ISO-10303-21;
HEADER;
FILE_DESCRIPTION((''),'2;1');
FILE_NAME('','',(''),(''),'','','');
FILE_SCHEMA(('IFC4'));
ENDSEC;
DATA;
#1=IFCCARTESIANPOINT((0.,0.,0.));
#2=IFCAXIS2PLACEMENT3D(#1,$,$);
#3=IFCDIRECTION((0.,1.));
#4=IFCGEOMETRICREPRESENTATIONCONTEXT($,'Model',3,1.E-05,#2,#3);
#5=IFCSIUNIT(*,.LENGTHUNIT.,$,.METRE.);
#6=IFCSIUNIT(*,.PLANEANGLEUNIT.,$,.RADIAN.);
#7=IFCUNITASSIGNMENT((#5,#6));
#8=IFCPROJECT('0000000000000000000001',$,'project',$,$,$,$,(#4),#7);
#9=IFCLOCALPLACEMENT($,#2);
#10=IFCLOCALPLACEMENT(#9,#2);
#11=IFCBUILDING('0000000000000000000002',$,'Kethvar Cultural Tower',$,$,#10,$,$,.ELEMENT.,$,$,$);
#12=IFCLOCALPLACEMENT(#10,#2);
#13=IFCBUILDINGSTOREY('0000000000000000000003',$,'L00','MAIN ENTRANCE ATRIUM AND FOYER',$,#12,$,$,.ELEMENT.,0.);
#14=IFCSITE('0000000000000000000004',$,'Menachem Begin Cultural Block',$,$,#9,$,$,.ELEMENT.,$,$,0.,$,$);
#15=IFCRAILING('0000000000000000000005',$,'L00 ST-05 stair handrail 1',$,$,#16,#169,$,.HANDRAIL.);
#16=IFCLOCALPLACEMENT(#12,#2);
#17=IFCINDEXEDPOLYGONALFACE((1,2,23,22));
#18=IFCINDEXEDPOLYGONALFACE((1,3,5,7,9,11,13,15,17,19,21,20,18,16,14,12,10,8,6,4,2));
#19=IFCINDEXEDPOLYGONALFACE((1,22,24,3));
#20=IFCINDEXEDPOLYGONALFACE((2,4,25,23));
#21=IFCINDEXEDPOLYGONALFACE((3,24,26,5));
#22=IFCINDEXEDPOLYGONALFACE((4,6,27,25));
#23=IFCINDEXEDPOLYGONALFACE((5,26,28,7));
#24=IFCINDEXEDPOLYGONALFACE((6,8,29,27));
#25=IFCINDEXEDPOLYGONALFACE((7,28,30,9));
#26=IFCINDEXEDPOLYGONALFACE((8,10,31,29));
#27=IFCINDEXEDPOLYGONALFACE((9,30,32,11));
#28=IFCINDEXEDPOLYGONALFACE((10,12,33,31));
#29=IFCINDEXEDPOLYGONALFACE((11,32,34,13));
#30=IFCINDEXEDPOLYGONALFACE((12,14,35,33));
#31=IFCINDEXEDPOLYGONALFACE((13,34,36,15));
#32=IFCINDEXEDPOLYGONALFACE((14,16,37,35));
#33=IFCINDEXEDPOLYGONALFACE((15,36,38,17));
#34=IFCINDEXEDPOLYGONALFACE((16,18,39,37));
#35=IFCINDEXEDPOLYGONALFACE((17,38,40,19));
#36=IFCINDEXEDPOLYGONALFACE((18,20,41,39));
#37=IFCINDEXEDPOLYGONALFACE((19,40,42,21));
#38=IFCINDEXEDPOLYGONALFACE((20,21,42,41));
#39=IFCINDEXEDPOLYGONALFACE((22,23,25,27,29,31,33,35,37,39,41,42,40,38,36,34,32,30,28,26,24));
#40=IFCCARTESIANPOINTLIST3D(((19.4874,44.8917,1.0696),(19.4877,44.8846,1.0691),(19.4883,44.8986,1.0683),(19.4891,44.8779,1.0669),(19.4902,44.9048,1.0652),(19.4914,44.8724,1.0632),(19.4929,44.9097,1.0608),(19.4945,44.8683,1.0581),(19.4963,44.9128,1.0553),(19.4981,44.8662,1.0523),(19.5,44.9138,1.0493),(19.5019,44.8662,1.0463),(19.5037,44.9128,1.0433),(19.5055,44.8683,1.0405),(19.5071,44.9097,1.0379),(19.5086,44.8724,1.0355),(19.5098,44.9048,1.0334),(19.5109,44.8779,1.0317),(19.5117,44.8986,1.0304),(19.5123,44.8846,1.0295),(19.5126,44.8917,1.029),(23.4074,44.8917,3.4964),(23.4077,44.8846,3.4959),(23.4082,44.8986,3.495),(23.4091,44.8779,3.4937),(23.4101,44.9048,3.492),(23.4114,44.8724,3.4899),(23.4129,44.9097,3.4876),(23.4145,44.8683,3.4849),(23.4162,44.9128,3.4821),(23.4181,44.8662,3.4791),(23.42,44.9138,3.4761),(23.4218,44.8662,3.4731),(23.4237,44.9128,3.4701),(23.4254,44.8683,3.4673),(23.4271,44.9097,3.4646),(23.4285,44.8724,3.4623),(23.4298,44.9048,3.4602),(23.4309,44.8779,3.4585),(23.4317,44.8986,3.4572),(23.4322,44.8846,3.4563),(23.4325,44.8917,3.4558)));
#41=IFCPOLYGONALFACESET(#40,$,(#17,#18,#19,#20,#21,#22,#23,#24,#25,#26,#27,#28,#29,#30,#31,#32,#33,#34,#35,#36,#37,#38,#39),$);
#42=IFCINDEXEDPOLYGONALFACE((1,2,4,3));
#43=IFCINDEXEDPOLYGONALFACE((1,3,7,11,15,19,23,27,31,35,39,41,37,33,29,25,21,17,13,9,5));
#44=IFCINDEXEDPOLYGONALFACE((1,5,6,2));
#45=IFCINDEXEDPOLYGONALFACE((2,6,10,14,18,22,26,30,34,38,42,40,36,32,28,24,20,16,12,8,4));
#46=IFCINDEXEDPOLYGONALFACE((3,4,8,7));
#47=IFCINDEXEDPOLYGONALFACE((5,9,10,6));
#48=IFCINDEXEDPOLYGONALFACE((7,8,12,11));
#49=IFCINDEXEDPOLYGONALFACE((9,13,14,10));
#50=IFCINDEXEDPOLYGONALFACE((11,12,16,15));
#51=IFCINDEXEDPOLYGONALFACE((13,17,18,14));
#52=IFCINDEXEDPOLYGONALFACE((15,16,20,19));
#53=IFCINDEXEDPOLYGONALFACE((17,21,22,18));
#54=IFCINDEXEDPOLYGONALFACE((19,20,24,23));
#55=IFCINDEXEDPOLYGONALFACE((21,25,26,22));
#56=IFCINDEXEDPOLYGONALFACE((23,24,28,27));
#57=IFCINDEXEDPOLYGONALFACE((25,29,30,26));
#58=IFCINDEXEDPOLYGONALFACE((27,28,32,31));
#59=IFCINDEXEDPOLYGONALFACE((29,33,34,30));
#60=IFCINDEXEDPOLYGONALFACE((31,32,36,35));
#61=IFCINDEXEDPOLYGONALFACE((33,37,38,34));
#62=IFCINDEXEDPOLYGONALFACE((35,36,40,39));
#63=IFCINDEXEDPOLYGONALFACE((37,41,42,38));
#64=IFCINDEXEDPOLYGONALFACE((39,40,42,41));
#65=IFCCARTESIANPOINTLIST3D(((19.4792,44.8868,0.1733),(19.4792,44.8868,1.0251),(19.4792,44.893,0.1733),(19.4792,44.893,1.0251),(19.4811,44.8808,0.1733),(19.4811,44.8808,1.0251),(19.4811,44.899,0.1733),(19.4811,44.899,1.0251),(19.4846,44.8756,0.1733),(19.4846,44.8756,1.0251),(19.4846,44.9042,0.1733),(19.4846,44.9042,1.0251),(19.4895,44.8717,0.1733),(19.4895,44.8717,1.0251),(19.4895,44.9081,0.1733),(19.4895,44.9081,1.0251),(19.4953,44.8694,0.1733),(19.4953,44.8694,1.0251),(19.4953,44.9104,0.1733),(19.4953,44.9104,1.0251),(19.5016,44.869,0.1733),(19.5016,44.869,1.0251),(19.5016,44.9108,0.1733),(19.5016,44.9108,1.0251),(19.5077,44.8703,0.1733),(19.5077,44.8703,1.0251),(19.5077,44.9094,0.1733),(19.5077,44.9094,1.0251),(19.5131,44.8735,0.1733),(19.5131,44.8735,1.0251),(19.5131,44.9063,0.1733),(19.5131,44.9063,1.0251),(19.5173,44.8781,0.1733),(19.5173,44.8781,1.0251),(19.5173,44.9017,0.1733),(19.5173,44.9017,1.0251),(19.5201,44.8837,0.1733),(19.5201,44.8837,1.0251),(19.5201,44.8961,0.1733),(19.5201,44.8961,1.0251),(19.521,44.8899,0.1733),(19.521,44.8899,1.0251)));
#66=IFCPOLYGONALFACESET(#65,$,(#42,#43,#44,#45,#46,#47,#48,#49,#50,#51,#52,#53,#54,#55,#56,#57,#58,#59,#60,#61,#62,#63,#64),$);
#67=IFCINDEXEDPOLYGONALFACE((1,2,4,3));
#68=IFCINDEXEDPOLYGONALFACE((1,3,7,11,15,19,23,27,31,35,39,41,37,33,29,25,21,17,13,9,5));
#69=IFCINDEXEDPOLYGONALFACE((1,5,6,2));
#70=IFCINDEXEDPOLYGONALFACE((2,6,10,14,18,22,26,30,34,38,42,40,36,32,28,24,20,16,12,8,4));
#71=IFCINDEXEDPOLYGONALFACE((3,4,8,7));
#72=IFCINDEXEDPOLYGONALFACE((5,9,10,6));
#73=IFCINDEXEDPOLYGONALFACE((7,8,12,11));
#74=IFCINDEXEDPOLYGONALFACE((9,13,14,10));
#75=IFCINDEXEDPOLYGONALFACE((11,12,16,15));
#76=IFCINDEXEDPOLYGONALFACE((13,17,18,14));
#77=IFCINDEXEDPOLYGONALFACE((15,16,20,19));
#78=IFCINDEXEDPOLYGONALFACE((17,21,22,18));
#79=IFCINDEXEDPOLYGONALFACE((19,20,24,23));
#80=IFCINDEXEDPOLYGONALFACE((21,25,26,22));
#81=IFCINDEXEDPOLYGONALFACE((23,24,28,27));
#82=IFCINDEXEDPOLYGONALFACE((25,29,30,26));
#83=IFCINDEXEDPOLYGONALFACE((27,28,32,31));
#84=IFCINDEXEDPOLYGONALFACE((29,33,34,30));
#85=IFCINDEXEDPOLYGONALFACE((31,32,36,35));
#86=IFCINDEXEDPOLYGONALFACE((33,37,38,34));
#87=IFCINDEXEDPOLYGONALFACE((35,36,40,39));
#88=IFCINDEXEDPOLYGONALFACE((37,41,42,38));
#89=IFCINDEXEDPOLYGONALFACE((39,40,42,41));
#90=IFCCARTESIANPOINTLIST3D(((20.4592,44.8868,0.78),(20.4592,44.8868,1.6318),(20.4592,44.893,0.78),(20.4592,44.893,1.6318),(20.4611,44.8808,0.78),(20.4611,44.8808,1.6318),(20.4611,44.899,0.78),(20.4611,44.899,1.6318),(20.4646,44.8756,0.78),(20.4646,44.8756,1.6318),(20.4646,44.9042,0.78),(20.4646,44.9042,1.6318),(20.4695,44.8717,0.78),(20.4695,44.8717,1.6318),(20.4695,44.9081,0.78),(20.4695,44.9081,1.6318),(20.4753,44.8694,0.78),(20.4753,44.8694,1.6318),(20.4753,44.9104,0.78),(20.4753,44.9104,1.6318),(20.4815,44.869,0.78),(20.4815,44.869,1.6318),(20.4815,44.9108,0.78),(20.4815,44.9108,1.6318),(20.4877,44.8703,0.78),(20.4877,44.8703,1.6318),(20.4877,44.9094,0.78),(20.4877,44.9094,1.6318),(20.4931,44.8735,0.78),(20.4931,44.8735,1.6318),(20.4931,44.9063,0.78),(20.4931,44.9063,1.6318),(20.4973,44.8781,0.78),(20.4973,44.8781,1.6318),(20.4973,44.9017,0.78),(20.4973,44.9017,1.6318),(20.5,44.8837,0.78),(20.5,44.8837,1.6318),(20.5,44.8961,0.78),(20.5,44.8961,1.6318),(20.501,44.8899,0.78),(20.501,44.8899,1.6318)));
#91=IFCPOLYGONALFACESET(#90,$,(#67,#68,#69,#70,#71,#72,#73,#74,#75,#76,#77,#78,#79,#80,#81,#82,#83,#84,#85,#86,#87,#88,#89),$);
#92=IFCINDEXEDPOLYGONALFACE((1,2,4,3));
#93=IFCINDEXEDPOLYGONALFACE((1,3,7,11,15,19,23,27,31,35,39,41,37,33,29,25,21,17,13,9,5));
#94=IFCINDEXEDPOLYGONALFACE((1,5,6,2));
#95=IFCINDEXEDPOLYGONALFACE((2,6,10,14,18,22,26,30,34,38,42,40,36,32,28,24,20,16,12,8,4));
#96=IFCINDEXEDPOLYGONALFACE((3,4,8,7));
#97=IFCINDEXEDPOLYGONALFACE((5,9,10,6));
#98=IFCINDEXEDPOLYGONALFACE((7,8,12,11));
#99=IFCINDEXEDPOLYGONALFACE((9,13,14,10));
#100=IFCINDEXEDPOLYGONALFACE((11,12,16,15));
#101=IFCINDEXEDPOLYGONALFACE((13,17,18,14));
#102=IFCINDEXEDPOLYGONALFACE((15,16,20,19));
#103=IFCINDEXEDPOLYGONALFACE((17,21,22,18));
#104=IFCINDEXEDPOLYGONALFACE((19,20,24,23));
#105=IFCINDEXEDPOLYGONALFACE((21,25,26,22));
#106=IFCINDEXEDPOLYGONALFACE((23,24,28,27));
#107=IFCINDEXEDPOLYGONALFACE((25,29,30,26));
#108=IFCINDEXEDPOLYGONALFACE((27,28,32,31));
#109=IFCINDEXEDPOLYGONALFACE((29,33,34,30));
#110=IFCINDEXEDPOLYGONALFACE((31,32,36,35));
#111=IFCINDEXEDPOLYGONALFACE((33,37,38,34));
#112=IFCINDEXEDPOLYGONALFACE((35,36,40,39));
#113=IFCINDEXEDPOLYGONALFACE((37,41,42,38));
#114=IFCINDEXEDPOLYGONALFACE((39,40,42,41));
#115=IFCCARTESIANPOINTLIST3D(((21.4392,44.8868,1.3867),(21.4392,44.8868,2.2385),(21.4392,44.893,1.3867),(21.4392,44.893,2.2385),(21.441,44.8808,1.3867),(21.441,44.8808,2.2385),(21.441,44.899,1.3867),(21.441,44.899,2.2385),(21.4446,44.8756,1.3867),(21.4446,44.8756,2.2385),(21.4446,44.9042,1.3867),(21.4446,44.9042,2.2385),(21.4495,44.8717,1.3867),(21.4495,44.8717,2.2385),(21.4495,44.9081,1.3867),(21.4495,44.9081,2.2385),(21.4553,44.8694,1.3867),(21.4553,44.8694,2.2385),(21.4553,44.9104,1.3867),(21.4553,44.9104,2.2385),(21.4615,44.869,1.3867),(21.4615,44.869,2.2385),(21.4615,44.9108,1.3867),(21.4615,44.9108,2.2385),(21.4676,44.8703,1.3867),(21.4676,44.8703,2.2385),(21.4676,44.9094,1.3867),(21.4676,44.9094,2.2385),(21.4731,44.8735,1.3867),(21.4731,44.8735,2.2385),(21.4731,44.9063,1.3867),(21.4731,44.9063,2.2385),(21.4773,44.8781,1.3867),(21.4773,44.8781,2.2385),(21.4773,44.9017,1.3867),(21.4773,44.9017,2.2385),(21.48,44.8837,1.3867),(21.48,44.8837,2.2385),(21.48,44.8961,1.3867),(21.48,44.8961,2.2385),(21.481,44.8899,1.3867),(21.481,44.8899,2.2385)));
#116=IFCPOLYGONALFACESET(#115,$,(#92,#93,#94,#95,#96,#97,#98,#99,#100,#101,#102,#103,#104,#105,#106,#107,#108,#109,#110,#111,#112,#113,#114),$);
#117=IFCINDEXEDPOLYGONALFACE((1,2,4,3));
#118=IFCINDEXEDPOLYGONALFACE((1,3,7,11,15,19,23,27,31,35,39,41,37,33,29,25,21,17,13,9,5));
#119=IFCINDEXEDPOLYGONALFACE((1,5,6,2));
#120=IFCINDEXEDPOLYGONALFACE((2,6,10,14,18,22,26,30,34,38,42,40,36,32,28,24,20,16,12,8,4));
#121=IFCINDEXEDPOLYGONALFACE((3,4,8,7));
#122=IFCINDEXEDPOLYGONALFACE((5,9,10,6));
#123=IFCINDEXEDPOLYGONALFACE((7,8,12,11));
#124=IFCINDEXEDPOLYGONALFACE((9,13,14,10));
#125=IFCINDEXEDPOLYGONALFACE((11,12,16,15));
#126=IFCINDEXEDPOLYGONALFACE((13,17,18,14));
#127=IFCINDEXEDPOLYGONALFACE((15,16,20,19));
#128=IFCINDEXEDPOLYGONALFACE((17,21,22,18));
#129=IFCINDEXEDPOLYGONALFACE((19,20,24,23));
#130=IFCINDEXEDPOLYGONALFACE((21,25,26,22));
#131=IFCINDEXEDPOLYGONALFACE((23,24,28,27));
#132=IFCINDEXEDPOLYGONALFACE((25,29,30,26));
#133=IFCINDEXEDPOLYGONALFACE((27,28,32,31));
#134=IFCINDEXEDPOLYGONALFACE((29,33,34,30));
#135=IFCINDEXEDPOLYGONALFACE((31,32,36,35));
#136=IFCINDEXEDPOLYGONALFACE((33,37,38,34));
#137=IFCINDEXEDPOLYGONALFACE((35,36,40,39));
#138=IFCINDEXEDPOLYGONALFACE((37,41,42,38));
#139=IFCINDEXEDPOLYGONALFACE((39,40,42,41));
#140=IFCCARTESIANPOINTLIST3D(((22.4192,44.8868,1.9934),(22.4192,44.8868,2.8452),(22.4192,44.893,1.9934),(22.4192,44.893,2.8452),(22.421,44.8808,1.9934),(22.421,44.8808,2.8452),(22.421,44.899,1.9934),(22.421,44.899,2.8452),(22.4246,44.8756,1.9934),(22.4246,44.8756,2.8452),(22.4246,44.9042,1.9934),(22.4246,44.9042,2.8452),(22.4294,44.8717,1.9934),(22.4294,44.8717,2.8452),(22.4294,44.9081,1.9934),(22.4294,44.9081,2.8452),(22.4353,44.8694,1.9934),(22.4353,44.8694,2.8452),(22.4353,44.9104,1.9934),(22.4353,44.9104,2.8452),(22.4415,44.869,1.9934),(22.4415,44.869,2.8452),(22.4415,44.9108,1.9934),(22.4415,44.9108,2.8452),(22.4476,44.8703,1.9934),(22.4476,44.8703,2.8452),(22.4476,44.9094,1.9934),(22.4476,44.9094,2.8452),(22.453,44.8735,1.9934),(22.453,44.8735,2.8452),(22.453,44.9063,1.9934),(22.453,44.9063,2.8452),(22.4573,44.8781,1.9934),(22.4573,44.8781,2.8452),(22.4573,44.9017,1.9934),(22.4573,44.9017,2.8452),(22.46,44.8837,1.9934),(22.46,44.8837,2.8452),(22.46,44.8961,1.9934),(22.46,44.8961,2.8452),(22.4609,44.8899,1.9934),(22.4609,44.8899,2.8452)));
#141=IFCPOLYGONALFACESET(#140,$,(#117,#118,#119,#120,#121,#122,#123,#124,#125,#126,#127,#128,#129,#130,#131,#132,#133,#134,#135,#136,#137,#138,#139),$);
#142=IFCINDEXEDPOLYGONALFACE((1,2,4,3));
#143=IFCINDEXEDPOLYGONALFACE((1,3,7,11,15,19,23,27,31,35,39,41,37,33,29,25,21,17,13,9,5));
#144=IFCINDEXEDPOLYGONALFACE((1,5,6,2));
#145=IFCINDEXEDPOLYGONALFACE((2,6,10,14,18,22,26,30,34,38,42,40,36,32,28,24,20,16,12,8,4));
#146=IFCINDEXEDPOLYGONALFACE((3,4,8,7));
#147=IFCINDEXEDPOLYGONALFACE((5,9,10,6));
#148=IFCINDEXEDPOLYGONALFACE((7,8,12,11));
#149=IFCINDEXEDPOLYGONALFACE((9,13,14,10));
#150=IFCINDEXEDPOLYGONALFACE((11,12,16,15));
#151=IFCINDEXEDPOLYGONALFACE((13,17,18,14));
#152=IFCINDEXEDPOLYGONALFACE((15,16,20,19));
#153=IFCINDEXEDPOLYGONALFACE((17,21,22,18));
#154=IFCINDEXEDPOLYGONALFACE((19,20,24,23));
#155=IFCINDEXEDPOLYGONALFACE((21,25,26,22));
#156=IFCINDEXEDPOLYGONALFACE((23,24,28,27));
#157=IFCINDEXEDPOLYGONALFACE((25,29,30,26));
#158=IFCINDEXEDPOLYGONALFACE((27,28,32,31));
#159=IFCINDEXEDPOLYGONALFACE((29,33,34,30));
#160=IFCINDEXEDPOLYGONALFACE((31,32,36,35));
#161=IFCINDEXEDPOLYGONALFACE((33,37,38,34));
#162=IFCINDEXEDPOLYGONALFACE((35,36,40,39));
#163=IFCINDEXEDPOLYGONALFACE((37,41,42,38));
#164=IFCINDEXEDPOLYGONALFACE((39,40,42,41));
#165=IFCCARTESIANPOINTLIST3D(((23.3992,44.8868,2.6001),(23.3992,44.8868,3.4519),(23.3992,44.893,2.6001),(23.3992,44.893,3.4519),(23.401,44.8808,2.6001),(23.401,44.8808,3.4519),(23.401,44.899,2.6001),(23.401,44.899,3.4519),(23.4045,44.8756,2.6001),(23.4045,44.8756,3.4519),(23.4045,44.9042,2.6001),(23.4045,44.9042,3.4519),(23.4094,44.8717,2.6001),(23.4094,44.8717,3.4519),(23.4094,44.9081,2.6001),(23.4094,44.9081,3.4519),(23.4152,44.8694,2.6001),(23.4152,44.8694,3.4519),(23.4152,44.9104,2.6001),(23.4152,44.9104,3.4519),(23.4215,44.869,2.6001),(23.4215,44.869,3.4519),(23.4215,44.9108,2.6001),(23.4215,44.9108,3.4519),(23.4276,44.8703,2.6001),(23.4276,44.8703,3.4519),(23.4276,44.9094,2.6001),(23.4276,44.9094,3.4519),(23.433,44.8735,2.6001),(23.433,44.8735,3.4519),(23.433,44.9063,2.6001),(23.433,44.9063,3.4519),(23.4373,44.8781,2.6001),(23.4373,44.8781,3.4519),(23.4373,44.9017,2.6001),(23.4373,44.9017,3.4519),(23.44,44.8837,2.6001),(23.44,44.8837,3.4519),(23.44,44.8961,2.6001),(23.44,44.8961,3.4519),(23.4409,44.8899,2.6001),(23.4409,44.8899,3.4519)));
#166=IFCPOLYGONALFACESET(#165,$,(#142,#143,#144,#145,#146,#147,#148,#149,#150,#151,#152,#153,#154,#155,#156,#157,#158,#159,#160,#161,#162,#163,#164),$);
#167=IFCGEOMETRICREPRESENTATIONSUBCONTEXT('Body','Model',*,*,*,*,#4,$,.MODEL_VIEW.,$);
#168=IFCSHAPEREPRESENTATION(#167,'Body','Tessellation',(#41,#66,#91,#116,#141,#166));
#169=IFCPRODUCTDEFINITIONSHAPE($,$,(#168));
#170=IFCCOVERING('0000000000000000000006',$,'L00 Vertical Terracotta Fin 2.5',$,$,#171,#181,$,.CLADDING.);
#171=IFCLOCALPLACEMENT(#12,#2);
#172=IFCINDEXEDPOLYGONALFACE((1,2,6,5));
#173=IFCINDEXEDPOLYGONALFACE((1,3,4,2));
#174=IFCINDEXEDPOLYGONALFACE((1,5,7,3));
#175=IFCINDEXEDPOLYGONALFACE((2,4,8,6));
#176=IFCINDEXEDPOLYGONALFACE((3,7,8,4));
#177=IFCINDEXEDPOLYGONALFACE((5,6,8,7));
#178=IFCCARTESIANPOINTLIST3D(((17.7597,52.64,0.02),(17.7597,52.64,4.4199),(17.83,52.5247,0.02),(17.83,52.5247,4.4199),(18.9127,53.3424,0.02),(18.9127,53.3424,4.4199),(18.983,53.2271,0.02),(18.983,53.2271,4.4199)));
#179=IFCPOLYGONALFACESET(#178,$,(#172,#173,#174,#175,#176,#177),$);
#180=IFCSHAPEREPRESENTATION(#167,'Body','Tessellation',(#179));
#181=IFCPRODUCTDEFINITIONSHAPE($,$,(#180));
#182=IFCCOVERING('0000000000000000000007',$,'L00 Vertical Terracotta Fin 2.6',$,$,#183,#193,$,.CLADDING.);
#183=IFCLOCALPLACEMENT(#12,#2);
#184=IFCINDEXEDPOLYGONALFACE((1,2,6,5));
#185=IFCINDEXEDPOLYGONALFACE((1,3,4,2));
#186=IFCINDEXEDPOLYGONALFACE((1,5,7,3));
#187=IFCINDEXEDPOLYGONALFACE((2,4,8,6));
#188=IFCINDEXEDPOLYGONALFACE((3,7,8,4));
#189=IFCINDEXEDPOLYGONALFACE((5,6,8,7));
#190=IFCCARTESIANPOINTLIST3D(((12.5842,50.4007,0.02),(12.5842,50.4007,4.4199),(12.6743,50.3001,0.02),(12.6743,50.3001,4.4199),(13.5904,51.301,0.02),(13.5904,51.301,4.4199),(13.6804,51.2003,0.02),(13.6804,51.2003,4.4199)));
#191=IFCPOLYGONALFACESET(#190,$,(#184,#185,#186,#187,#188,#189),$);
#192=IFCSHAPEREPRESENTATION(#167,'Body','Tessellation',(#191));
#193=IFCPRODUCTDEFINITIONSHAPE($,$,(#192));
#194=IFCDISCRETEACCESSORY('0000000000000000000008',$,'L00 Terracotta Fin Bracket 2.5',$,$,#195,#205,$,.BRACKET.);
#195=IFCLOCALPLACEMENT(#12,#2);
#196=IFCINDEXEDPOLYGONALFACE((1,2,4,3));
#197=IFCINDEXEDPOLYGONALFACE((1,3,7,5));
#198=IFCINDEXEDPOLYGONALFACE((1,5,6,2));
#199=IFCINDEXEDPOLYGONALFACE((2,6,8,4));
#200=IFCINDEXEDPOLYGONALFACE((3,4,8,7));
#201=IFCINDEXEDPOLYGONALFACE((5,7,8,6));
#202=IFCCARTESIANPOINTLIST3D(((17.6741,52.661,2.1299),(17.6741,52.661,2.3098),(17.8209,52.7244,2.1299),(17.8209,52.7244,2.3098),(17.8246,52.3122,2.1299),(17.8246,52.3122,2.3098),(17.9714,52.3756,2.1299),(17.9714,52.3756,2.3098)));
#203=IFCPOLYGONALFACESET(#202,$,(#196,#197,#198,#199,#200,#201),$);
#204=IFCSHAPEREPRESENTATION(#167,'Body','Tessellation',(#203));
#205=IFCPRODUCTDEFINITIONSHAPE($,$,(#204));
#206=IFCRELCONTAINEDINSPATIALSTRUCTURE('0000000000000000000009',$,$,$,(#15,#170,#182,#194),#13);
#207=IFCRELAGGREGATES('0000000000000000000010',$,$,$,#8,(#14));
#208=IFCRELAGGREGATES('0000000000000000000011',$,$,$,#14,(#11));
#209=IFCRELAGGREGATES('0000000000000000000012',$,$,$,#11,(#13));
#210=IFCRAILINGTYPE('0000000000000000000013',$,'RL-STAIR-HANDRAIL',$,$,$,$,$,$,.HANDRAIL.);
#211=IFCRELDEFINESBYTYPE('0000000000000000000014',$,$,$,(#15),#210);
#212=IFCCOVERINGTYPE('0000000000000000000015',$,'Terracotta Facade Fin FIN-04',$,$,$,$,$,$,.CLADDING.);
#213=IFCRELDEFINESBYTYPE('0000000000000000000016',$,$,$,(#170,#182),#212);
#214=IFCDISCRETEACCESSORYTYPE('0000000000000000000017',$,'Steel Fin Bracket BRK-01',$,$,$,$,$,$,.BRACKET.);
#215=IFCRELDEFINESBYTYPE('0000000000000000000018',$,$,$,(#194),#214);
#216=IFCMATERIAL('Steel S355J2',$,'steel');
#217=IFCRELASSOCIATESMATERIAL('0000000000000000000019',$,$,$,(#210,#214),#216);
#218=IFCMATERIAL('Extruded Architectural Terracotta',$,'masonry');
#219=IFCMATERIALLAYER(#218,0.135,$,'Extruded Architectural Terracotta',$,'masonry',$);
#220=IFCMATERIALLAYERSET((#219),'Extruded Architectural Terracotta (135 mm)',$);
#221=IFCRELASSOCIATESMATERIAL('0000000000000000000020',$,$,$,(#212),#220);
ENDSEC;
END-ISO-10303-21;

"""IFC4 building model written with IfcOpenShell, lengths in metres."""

from ifc_helpers import new_model, si_unit, direction, frame, origin, origin_2d, place, context, subcontext, project, spatial, rectangle, circle, extrude, source, transform, mapped, material, layer, layer_set, type_object, element, save


model = new_model("IFC4")

# Units and contexts
model_context = context("Model", 3, precision=1e-05, world=origin(), true_north=direction((0.0, 1.0)))
body_context = subcontext(model_context, "Body", "Model", "MODEL_VIEW")
ifc_project = project(units=[si_unit("LENGTHUNIT", "METRE"), si_unit("PLANEANGLEUNIT", "RADIAN")], contexts=[model_context])

# Site, building, storey
site_placement = place(None, origin())
site = spatial("IfcSite", under=ifc_project, at=site_placement, Name="Menachem Begin Cultural Block", CompositionType="ELEMENT", RefElevation=0.0)
building_placement = place(site_placement, origin())
building = spatial("IfcBuilding", under=site, at=building_placement, Name="Kethvar Cultural Tower", CompositionType="ELEMENT")
storey_placement = place(building_placement, origin())
storey = spatial("IfcBuildingStorey", under=building, at=storey_placement, Name="L00", Description="MAIN ENTRANCE ATRIUM AND FOYER", CompositionType="ELEMENT", Elevation=0.0)

# Shared definitions
ifc_material_1 = material(Name="Steel S355J2", Category="steel")

# Railing
railing_type_1 = type_object("IfcRailingType", Name="RL-STAIR-HANDRAIL", PredefinedType="HANDRAIL", material=ifc_material_1)
railing_1_placement = place(storey_placement, frame((19.5, 44.8899, 0.1733)))
element("IfcRailing", 1, at=railing_1_placement, inside=storey, type_object=railing_type_1, Name="L00 ST-05 stair handrail 1", PredefinedType="HANDRAIL", context=body_context, shape_type="SweptSolid", body=[
    extrude(circle(Radius=0.0239, at=origin_2d()), frame((0.0, 0.0, 0.876), z_axis=(0.850252, 0.0, 0.526376), x_axis=(0.0, 1.0, 0.0)), (0.0, 0.0, 1.0), 4.6104),
    extrude(circle(Radius=0.021, at=origin_2d()), origin(), (0.0, 0.0, 1.0), 0.8518),
    extrude(circle(Radius=0.021, at=origin_2d()), frame((0.98, 0.0, 0.6067)), (0.0, 0.0, 1.0), 0.8518),
    extrude(circle(Radius=0.021, at=origin_2d()), frame((1.96, 0.0, 1.2134)), (0.0, 0.0, 1.0), 0.8518),
    extrude(circle(Radius=0.021, at=origin_2d()), frame((2.9399, 0.0, 1.8201)), (0.0, 0.0, 1.0), 0.8518),
    extrude(circle(Radius=0.021, at=origin_2d()), frame((3.9199, 0.0, 2.4268)), (0.0, 0.0, 1.0), 0.8518),
])

# Coverings
ifc_material_2 = material(Name="Extruded Architectural Terracotta", Category="masonry")
ifc_layer_1 = layer(ifc_material_2, 0.135, Name="Extruded Architectural Terracotta", Category="masonry")
ifc_layer_set_1 = layer_set([ifc_layer_1], Name="Extruded Architectural Terracotta (135 mm)")
covering_type = type_object("IfcCoveringType", Name="Terracotta Facade Fin FIN-04", PredefinedType="CLADDING", material=ifc_layer_set_1)
shared_shape_1 = source(origin(), body_context, "Body", "SweptSolid", [
    extrude(rectangle(XDim=1.3501, YDim=0.135, at=origin_2d()), origin(), (0.0, 0.0, 1.0), 4.3999),
])
for number, where, z_axis, x_axis, name in (
    (2, (18.3713, 52.9336, 0.02), (0.0, 0.0, 1.0), (0.854005, 0.520265, 0.0), "L00 Vertical Terracotta Fin 2.5"),
    (3, (13.1323, 50.8005, 0.02), (0.0, 0.0, 1.0), (0.745243, 0.666793, 0.0), "L00 Vertical Terracotta Fin 2.6"),
):
    element("IfcCovering", number, at=place(storey_placement, frame(where, z_axis=z_axis, x_axis=x_axis)), inside=storey, type_object=covering_type, Name=name, PredefinedType="CLADDING", context=body_context, shape_type="MappedRepresentation", body=[
        mapped(shared_shape_1, transform((0.0, 0.0, 0.0), scale=1.0)),
    ])

# Discrete accessory
discrete_accessory_type = type_object("IfcDiscreteAccessoryType", Name="Steel Fin Bracket BRK-01", PredefinedType="BRACKET", material=ifc_material_1)
shared_shape_2 = source(origin(), body_context, "Body", "SweptSolid", [
    extrude(rectangle(XDim=0.3799, YDim=0.1599, at=origin_2d()), origin(), (0.0, 0.0, 1.0), 0.1799),
])
for number, where, z_axis, x_axis, name in (
    (4, (17.8228, 52.5183, 2.1299), (0.0, 0.0, 1.0), (-0.396347, 0.918101, 0.0), "L00 Terracotta Fin Bracket 2.5"),
):
    element("IfcDiscreteAccessory", number, at=place(storey_placement, frame(where, z_axis=z_axis, x_axis=x_axis)), inside=storey, type_object=discrete_accessory_type, Name=name, PredefinedType="BRACKET", context=body_context, shape_type="MappedRepresentation", body=[
        mapped(shared_shape_2, transform((0.0, 0.0, 0.0), scale=1.0)),
    ])

save(model, "model.ifc")
